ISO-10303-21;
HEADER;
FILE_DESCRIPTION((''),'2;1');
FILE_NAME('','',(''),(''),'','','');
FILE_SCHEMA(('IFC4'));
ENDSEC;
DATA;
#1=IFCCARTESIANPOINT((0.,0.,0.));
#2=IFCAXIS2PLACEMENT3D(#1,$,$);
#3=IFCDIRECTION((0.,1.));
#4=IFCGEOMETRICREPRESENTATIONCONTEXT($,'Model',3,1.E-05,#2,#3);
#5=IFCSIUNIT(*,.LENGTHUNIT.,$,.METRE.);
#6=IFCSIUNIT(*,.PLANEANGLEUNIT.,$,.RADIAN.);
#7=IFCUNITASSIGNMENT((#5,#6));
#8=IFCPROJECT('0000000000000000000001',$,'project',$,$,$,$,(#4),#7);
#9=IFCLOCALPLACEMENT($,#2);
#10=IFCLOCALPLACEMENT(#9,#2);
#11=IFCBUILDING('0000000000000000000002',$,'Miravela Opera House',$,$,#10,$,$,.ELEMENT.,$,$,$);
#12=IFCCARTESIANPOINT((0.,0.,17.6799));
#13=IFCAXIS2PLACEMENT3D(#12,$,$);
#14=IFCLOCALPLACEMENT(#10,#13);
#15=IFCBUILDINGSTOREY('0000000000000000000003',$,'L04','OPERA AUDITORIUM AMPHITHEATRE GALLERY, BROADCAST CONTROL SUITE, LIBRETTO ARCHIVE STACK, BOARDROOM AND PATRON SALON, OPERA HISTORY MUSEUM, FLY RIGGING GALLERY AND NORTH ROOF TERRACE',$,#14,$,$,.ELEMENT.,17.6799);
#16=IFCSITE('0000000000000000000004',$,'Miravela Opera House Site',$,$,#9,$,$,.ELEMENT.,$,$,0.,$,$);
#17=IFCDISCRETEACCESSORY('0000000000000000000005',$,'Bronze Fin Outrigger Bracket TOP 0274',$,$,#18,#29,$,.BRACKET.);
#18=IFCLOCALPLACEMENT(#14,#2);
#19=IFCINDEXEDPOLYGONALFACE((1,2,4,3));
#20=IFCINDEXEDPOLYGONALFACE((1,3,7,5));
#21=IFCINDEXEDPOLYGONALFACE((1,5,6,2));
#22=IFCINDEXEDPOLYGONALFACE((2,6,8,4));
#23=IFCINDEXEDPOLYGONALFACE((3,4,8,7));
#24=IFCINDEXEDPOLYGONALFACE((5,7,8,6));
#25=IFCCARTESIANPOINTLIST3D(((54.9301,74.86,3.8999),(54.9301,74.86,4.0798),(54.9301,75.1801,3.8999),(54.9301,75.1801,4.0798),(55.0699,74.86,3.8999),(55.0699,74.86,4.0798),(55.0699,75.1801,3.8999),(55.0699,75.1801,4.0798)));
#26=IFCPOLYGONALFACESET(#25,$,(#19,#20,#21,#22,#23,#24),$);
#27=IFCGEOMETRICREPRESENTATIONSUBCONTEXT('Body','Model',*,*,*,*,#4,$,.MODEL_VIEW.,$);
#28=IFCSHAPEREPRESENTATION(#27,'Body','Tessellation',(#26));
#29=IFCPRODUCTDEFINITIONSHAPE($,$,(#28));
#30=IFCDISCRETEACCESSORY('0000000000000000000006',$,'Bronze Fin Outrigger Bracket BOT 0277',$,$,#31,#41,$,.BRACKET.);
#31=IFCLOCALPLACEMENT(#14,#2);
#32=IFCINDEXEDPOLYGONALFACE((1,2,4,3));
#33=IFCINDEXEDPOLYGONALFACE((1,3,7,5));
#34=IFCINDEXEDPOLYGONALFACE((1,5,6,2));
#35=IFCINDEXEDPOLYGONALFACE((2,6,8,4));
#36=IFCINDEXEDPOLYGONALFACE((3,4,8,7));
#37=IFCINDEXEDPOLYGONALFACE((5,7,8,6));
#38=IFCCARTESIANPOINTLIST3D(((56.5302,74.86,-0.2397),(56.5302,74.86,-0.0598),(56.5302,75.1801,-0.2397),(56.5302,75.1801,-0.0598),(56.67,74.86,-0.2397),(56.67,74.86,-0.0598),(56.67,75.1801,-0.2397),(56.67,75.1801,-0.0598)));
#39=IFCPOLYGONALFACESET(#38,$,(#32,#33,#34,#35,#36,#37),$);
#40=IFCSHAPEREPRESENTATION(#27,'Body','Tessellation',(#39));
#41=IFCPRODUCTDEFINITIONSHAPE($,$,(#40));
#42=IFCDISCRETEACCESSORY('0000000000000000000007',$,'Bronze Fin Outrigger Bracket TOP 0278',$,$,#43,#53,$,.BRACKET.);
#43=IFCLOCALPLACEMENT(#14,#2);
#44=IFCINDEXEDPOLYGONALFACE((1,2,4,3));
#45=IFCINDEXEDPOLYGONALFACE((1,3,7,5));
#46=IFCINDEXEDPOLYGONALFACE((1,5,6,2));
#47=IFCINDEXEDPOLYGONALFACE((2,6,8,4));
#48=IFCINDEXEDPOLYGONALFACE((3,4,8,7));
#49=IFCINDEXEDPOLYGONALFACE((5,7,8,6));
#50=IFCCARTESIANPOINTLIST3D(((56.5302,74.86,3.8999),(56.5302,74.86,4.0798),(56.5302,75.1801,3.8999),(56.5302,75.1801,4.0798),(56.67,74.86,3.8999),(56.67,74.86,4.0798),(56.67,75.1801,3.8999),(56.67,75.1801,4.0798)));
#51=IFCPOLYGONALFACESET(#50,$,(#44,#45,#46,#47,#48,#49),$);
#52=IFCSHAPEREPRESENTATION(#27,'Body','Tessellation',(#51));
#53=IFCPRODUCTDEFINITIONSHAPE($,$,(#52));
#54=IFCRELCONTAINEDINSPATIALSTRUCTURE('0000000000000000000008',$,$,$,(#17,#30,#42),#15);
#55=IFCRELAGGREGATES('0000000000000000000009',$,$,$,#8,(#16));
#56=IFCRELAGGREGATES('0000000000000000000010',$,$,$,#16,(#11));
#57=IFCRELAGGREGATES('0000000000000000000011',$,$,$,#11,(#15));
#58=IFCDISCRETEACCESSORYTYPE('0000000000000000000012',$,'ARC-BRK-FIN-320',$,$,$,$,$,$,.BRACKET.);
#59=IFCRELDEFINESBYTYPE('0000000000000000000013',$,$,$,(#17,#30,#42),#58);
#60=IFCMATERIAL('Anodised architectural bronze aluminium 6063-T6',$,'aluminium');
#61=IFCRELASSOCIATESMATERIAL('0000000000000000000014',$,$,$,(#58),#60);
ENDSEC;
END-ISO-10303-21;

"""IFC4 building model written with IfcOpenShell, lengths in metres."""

from ifc_helpers import new_model, si_unit, direction, frame, origin, origin_2d, place, context, subcontext, project, spatial, rectangle, extrude, material, type_object, element, save


model = new_model("IFC4")

# Units and contexts
model_context = context("Model", 3, precision=1e-05, world=origin(), true_north=direction((0.0, 1.0)))
body_context = subcontext(model_context, "Body", "Model", "MODEL_VIEW")
ifc_project = project(units=[si_unit("LENGTHUNIT", "METRE"), si_unit("PLANEANGLEUNIT", "RADIAN")], contexts=[model_context])

# Site, building, storey
site_placement = place(None, origin())
site = spatial("IfcSite", under=ifc_project, at=site_placement, Name="Miravela Opera House Site", CompositionType="ELEMENT", RefElevation=0.0)
building_placement = place(site_placement, origin())
building = spatial("IfcBuilding", under=site, at=building_placement, Name="Miravela Opera House", CompositionType="ELEMENT")
storey_placement = place(building_placement, frame((0.0, 0.0, 17.6799)))
storey = spatial("IfcBuildingStorey", under=building, at=storey_placement, Name="L04", Description="OPERA AUDITORIUM AMPHITHEATRE GALLERY, BROADCAST CONTROL SUITE, LIBRETTO ARCHIVE STACK, BOARDROOM AND PATRON SALON, OPERA HISTORY MUSEUM, FLY RIGGING GALLERY AND NORTH ROOF TERRACE", CompositionType="ELEMENT", Elevation=17.6799)

# Shared definitions
ifc_material_1 = material(Name="Anodised architectural bronze aluminium 6063-T6", Category="aluminium")

# Discrete accessories
discrete_accessory_type = type_object("IfcDiscreteAccessoryType", Name="ARC-BRK-FIN-320", PredefinedType="BRACKET", material=ifc_material_1)
for number, where, z_axis, x_axis, name in (
    (1, (55.0, 75.02, 3.8999), (0.0, 0.0, 1.0), (0.0, 1.0, 0.0), "Bronze Fin Outrigger Bracket TOP 0274"),
    (2, (56.6001, 75.02, -0.2397), (0.0, 0.0, 1.0), (0.0, 1.0, 0.0), "Bronze Fin Outrigger Bracket BOT 0277"),
    (3, (56.6001, 75.02, 3.8999), (0.0, 0.0, 1.0), (0.0, 1.0, 0.0), "Bronze Fin Outrigger Bracket TOP 0278"),
):
    element("IfcDiscreteAccessory", number, at=place(storey_placement, frame(where, z_axis=z_axis, x_axis=x_axis)), inside=storey, type_object=discrete_accessory_type, Name=name, PredefinedType="BRACKET", context=body_context, shape_type="SweptSolid", body=[
        extrude(rectangle(XDim=0.3201, YDim=0.1399, at=origin_2d()), origin(), (0.0, 0.0, 1.0), 0.1799),
    ])

save(model, "model.ifc")
